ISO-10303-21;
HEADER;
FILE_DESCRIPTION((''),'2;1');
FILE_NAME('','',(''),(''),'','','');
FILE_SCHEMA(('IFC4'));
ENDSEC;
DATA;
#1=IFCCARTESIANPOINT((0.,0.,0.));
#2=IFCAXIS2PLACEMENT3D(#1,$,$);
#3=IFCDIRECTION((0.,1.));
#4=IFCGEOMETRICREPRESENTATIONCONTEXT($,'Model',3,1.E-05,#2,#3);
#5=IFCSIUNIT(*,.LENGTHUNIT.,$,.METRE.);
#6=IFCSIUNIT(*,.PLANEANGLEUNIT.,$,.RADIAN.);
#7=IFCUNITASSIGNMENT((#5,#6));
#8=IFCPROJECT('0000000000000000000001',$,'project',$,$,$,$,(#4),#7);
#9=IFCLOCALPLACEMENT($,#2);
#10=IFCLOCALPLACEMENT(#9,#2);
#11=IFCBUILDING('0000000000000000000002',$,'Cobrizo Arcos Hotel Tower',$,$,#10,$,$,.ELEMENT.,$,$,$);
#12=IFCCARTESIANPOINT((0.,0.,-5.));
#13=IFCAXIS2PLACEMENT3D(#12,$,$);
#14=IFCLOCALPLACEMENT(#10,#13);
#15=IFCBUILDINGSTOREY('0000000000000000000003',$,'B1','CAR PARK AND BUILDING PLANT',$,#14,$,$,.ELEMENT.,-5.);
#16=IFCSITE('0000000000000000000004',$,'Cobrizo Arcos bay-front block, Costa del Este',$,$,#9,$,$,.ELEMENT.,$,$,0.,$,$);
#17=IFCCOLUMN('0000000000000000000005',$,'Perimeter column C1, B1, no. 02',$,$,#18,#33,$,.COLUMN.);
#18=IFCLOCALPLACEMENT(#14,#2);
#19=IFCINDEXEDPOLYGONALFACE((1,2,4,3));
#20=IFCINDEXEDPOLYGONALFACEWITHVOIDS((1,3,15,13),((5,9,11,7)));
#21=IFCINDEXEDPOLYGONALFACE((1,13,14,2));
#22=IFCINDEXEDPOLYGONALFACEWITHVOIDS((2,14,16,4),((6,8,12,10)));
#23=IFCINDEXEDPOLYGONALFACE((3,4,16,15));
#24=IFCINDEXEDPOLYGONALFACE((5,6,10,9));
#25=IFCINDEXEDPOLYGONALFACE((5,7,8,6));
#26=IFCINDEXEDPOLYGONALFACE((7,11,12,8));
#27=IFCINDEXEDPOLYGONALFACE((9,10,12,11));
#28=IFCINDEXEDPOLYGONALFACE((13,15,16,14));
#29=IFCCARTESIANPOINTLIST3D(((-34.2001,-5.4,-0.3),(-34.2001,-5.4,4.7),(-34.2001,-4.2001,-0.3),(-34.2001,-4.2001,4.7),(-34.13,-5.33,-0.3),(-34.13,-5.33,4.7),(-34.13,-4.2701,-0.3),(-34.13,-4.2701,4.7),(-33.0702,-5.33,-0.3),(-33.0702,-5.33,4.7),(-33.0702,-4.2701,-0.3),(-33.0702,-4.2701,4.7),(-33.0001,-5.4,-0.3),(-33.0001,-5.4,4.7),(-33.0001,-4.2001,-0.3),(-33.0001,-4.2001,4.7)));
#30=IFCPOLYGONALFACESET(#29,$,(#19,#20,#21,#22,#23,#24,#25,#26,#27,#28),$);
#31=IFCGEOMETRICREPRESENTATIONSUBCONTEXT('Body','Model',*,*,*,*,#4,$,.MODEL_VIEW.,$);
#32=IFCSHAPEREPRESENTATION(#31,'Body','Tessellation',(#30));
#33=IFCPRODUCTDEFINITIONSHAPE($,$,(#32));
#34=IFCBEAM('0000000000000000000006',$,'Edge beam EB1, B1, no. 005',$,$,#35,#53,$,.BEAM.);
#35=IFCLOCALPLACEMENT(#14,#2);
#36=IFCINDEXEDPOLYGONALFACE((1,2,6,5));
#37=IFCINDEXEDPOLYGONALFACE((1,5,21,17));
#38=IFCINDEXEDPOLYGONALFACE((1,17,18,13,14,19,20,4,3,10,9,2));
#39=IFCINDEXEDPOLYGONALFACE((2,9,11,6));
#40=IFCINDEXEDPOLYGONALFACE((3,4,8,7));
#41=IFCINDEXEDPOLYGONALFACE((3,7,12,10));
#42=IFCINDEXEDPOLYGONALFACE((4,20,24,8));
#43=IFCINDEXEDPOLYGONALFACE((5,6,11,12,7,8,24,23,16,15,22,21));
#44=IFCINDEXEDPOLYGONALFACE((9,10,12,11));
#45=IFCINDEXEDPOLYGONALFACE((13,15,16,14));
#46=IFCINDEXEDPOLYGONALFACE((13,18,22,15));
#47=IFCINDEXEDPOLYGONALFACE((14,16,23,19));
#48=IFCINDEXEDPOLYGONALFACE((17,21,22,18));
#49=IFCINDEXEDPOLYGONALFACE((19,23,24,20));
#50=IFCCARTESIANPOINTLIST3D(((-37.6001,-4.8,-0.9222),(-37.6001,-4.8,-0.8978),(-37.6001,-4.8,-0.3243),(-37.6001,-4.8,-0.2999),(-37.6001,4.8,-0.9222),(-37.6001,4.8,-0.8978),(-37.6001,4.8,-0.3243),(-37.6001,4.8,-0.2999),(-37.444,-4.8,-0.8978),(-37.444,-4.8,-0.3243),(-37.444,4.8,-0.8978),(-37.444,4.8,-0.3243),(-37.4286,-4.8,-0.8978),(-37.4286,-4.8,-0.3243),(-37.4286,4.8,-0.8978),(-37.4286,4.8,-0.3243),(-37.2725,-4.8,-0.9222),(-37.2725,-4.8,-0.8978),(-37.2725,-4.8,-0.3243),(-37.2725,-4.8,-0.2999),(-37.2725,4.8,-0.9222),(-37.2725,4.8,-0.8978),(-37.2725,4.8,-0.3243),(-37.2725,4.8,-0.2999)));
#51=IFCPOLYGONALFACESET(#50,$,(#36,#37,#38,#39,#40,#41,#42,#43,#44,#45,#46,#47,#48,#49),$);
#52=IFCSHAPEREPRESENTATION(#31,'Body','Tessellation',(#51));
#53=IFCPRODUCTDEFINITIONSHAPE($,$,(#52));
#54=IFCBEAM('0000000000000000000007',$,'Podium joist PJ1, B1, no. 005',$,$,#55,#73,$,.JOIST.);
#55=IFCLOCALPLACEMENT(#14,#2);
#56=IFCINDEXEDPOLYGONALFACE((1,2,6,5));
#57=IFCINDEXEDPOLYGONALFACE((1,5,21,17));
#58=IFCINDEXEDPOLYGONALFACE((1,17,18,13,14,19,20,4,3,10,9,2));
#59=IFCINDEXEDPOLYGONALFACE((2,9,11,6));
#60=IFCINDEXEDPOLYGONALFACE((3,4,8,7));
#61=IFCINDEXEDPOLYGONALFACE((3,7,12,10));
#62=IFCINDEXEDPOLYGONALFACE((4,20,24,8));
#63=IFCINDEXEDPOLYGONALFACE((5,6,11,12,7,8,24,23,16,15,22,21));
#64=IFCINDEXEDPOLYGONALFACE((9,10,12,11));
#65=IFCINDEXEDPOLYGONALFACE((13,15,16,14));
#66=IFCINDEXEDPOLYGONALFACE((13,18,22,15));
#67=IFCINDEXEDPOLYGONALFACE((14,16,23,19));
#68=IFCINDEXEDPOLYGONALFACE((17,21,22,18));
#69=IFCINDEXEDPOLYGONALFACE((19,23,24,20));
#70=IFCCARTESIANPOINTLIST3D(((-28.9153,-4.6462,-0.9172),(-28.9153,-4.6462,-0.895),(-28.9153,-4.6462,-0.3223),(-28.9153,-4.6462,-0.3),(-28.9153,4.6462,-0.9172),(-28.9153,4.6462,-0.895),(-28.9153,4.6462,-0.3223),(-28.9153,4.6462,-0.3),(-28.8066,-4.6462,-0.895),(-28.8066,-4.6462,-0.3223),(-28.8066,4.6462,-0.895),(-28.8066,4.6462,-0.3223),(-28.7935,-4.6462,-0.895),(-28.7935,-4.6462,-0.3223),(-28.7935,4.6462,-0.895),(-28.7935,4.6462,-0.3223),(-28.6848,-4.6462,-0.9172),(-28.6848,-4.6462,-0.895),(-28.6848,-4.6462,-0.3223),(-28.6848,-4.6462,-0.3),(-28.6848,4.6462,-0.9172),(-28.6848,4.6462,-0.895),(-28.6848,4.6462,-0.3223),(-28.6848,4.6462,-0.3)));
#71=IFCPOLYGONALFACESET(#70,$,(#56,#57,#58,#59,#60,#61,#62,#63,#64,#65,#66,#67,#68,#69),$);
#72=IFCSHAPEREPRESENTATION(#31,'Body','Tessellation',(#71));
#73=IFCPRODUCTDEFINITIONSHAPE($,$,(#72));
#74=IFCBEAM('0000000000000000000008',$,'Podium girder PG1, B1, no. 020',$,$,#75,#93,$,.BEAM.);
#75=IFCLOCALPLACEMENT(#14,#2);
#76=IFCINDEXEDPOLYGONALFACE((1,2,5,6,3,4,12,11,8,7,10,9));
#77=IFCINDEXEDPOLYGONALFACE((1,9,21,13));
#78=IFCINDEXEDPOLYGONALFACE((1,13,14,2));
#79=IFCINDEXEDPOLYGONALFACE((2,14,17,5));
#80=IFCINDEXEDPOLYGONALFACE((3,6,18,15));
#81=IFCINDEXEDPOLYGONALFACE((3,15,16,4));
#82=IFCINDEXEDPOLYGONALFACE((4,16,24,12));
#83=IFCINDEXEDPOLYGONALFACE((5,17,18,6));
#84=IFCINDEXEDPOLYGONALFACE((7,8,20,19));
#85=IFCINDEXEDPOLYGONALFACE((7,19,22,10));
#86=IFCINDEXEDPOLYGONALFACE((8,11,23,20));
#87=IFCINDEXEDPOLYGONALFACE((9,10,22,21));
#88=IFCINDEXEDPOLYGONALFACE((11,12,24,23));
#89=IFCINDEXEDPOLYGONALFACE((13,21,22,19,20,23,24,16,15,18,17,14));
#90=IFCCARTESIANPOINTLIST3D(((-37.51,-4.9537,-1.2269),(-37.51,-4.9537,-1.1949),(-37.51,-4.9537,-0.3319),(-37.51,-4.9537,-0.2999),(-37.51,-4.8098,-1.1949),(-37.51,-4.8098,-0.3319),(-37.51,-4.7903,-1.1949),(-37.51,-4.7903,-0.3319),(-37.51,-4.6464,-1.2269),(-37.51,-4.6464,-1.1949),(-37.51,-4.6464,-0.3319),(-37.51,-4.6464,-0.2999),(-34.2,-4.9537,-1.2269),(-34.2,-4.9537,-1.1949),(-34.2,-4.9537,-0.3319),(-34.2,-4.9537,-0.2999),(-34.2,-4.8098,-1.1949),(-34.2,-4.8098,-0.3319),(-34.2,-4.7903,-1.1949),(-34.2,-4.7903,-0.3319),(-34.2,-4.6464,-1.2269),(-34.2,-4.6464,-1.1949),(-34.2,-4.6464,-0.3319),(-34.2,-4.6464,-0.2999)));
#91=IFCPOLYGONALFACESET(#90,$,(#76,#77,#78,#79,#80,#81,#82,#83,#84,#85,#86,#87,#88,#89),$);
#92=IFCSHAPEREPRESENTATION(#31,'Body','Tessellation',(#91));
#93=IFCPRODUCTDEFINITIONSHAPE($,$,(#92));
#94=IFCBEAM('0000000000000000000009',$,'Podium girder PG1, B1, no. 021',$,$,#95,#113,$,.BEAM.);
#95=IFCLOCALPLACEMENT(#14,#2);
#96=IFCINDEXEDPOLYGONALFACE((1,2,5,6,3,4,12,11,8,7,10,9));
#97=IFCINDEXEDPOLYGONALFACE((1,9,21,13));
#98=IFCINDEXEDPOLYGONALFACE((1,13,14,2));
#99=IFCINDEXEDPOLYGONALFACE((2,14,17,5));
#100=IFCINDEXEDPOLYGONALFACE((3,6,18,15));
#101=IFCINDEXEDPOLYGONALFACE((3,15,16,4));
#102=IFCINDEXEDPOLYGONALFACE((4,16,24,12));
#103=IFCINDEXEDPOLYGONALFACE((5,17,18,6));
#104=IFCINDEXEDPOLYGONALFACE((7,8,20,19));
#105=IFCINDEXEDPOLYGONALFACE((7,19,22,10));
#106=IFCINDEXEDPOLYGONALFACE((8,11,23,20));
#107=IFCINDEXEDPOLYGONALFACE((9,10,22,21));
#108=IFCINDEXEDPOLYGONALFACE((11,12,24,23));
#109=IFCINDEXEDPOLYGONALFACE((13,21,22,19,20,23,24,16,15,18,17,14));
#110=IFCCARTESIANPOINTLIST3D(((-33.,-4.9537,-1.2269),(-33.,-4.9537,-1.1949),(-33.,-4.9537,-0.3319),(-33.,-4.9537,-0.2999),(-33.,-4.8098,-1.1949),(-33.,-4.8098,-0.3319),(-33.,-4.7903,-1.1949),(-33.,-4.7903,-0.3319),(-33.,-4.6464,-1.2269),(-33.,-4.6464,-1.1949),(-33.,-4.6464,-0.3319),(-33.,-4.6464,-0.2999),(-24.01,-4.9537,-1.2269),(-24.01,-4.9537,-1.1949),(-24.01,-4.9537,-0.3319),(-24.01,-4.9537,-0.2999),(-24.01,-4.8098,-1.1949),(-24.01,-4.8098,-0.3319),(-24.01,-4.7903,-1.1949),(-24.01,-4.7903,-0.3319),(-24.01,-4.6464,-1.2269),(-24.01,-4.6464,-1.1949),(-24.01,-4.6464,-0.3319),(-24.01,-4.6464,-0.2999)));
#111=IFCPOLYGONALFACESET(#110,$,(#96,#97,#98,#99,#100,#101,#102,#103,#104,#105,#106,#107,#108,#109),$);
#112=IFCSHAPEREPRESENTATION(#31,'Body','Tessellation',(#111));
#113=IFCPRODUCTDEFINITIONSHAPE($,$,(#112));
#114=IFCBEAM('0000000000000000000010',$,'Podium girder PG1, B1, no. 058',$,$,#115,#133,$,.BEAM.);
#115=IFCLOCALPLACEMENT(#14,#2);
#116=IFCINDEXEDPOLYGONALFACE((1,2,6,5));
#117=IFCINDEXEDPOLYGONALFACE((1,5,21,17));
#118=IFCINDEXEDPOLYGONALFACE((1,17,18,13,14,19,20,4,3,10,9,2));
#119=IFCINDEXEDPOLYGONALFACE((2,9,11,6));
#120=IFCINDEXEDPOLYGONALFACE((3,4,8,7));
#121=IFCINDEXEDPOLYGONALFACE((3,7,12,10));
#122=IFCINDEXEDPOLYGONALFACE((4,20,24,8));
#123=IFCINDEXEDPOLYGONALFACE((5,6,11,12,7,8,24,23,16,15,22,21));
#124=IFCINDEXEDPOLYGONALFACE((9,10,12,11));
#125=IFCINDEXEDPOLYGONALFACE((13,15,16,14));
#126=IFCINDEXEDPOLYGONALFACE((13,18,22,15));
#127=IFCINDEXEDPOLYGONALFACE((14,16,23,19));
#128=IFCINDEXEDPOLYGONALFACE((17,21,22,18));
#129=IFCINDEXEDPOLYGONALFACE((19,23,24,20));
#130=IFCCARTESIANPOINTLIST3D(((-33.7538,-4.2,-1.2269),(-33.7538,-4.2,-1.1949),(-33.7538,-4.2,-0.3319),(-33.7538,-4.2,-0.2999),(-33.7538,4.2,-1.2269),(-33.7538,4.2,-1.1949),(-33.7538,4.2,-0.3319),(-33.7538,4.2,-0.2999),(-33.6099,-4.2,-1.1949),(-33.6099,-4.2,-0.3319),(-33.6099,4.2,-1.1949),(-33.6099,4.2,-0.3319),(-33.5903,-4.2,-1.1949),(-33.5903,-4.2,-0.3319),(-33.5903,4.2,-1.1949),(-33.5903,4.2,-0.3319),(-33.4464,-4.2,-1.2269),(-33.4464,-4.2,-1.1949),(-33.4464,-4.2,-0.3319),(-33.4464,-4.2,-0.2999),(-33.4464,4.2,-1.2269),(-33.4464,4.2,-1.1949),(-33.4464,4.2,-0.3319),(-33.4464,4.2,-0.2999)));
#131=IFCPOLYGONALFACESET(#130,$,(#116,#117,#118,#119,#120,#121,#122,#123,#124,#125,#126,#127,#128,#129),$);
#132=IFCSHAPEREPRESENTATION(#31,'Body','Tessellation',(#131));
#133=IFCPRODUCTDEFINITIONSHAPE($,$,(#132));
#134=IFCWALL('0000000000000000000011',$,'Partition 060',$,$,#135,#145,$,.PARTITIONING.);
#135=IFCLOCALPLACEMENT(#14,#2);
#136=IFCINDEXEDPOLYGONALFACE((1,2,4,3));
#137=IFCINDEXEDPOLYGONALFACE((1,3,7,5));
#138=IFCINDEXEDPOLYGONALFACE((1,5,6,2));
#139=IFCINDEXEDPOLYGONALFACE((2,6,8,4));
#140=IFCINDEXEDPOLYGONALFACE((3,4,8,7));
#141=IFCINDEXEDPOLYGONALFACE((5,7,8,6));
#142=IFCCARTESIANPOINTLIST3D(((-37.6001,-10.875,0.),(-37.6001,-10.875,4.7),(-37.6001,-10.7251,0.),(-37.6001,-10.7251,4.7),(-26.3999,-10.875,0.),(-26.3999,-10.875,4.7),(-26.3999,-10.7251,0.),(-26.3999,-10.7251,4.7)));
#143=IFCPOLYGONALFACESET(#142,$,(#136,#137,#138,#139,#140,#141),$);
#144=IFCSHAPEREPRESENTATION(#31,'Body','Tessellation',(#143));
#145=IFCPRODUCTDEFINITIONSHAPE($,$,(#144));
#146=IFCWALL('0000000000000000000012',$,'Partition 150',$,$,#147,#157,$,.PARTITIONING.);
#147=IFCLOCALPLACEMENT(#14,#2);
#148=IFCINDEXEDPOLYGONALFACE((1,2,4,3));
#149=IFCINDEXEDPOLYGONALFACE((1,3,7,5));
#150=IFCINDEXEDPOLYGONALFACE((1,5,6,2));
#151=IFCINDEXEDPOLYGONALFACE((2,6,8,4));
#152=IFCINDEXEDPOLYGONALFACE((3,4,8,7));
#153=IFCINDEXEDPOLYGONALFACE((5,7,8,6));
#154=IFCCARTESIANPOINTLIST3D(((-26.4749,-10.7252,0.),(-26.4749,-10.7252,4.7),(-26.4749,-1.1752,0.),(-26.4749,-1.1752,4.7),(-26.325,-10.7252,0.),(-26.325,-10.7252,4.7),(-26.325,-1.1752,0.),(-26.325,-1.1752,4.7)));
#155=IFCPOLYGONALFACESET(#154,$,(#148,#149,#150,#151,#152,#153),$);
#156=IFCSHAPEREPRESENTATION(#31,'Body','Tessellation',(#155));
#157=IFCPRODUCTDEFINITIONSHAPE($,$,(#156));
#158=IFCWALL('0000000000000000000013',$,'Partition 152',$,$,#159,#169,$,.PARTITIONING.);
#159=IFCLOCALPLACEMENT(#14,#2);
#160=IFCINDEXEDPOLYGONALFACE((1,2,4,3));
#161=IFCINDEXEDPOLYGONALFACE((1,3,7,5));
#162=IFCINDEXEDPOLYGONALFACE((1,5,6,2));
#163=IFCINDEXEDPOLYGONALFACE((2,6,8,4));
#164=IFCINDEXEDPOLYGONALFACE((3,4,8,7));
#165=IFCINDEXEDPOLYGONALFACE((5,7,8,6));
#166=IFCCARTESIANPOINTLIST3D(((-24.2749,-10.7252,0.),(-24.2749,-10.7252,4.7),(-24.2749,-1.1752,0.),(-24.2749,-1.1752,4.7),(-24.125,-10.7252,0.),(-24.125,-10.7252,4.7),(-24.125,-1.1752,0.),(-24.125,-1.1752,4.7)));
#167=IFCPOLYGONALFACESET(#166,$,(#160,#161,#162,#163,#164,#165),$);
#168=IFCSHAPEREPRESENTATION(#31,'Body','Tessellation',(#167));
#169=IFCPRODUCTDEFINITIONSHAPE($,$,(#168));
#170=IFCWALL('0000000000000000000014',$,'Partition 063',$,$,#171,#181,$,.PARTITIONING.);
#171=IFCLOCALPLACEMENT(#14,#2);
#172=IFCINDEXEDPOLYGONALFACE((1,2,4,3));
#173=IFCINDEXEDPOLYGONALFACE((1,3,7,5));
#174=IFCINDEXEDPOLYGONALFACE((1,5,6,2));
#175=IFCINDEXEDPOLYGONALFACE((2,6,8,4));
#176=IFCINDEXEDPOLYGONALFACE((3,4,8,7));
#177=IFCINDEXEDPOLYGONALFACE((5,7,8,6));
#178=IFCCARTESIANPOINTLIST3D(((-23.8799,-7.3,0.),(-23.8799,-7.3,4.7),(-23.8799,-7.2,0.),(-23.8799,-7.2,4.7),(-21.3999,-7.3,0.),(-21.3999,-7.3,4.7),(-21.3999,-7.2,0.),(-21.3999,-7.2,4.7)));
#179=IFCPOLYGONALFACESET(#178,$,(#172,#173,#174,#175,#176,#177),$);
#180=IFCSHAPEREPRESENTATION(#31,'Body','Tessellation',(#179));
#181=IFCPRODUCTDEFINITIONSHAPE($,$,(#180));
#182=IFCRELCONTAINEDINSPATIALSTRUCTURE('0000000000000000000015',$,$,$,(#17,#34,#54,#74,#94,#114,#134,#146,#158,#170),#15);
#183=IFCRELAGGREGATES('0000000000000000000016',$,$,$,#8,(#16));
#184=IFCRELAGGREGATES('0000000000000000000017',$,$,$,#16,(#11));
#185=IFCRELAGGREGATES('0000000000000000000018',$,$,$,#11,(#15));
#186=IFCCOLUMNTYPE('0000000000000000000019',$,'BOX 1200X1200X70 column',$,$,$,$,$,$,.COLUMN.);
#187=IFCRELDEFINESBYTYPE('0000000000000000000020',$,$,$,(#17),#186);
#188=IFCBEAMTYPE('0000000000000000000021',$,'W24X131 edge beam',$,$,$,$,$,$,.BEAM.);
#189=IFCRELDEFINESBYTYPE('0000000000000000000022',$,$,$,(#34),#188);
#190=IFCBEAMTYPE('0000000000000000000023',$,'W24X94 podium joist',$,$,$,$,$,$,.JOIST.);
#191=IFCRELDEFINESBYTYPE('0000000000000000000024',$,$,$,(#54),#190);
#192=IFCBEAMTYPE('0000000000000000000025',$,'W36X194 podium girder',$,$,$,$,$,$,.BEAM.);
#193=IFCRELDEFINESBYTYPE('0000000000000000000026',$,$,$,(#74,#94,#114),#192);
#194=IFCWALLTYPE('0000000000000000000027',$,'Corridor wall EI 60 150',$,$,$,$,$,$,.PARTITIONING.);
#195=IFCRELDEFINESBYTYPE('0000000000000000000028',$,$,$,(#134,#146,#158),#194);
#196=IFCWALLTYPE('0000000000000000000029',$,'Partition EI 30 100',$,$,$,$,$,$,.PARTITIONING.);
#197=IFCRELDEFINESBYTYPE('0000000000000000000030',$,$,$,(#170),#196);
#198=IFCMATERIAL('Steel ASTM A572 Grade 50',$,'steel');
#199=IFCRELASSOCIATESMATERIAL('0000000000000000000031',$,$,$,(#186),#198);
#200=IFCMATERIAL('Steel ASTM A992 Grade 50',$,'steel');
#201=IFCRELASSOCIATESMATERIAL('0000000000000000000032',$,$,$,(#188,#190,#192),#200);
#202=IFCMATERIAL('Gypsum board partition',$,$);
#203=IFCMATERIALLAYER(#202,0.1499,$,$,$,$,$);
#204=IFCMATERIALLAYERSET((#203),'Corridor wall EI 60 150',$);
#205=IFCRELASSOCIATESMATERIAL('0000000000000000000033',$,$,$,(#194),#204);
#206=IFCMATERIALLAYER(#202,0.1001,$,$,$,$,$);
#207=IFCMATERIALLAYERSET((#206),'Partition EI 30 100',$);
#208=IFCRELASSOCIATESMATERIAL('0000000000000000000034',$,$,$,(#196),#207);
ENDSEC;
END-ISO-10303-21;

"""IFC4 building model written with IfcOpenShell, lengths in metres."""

from ifc_helpers import new_model, si_unit, direction, frame, frame_2d, origin, origin_2d, place, context, subcontext, project, spatial, rectangle, hollow_rectangle, i_section, extrude, material, layer, layer_set, material_profile, profile_set, type_object, element, save


model = new_model("IFC4")

# Units and contexts
model_context = context("Model", 3, precision=1e-05, world=origin(), true_north=direction((0.0, 1.0)))
body_context = subcontext(model_context, "Body", "Model", "MODEL_VIEW")
ifc_project = project(units=[si_unit("LENGTHUNIT", "METRE"), si_unit("PLANEANGLEUNIT", "RADIAN")], contexts=[model_context])

# Site, building, storey
site_placement = place(None, origin())
site = spatial("IfcSite", under=ifc_project, at=site_placement, Name="Cobrizo Arcos bay-front block, Costa del Este", CompositionType="ELEMENT", RefElevation=0.0)
building_placement = place(site_placement, origin())
building = spatial("IfcBuilding", under=site, at=building_placement, Name="Cobrizo Arcos Hotel Tower", CompositionType="ELEMENT")
storey_placement = place(building_placement, frame((0.0, 0.0, -5.0)))
storey = spatial("IfcBuildingStorey", under=building, at=storey_placement, Name="B1", Description="CAR PARK AND BUILDING PLANT", CompositionType="ELEMENT", Elevation=-5.0)

# Column
ifc_material_1 = material(Name="Steel ASTM A572 Grade 50", Category="steel")
ifc_material_profile_1 = material_profile(ifc_material_1, hollow_rectangle(XDim=1.2, YDim=1.2, WallThickness=0.0701, at=origin_2d()), Name="BOX 1200X1200X70")
ifc_profile_set_1 = profile_set([ifc_material_profile_1], Name="Steel ASTM A572 Grade 50")
column_type = type_object("IfcColumnType", Name="BOX 1200X1200X70 column", PredefinedType="COLUMN", material=ifc_profile_set_1)
column_placement = place(storey_placement, frame((-33.6001, -4.8, -0.3), z_axis=(0.0, 0.0, 1.0), x_axis=(1.0, 0.0, 0.0)))
element("IfcColumn", 1, at=column_placement, inside=storey, type_object=column_type, Name="Perimeter column C1, B1, no. 02", PredefinedType="COLUMN", context=body_context, shape_type="SweptSolid", body=[
    extrude(hollow_rectangle(XDim=1.2, YDim=1.2, WallThickness=0.0701, at=origin_2d()), origin(), (0.0, 0.0, 1.0), 5.0),
])

# Beams
ifc_material_2 = material(Name="Steel ASTM A992 Grade 50", Category="steel")
ifc_material_profile_2 = material_profile(ifc_material_2, i_section(OverallWidth=0.3276, OverallDepth=0.6223, WebThickness=0.0154, FlangeThickness=0.0244, at=origin_2d()), Name="W24X131")
ifc_profile_set_2 = profile_set([ifc_material_profile_2], Name="Steel ASTM A992 Grade 50")
beam_type_1 = type_object("IfcBeamType", Name="W24X131 edge beam", PredefinedType="BEAM", material=ifc_profile_set_2)
beam_1_placement = place(storey_placement, frame((-37.4363, -4.8, -0.6111), z_axis=(0.0, 1.0, 0.0), x_axis=(-1.0, 0.0, 0.0)))
element("IfcBeam", 2, at=beam_1_placement, inside=storey, type_object=beam_type_1, Name="Edge beam EB1, B1, no. 005", PredefinedType="BEAM", context=body_context, shape_type="SweptSolid", body=[
    extrude(i_section(OverallWidth=0.3276, OverallDepth=0.6223, WebThickness=0.0154, FlangeThickness=0.0244, at=origin_2d()), origin(), (0.0, 0.0, 1.0), 9.6001),
])
ifc_material_profile_3 = material_profile(ifc_material_2, i_section(OverallWidth=0.2305, OverallDepth=0.6172, WebThickness=0.0132, FlangeThickness=0.0222, at=origin_2d()), Name="W24X94")
ifc_profile_set_3 = profile_set([ifc_material_profile_3], Name="Steel ASTM A992 Grade 50")
beam_type_2 = type_object("IfcBeamType", Name="W24X94 podium joist", PredefinedType="JOIST", material=ifc_profile_set_3)
beam_2_placement = place(storey_placement, frame((-28.8, -4.6462, -0.6086), z_axis=(0.0, 1.0, 0.0), x_axis=(-1.0, 0.0, 0.0)))
element("IfcBeam", 3, at=beam_2_placement, inside=storey, type_object=beam_type_2, Name="Podium joist PJ1, B1, no. 005", PredefinedType="JOIST", context=body_context, shape_type="SweptSolid", body=[
    extrude(i_section(OverallWidth=0.2305, OverallDepth=0.6172, WebThickness=0.0132, FlangeThickness=0.0222, at=origin_2d()), origin(), (0.0, 0.0, 1.0), 9.2925),
])
ifc_material_profile_4 = material_profile(ifc_material_2, i_section(OverallWidth=0.3074, OverallDepth=0.927, WebThickness=0.0195, FlangeThickness=0.032, at=origin_2d()), Name="W36X194")
ifc_profile_set_4 = profile_set([ifc_material_profile_4], Name="Steel ASTM A992 Grade 50")
beam_type_3 = type_object("IfcBeamType", Name="W36X194 podium girder", PredefinedType="BEAM", material=ifc_profile_set_4)
beam_3_placement = place(storey_placement, frame((-37.51, -4.8, -0.7634), z_axis=(1.0, 0.0, 0.0), x_axis=(0.0, 1.0, 0.0)))
element("IfcBeam", 4, at=beam_3_placement, inside=storey, type_object=beam_type_3, Name="Podium girder PG1, B1, no. 020", PredefinedType="BEAM", context=body_context, shape_type="SweptSolid", body=[
    extrude(i_section(OverallWidth=0.3074, OverallDepth=0.927, WebThickness=0.0195, FlangeThickness=0.032, at=origin_2d()), origin(), (0.0, 0.0, 1.0), 3.3101),
])
beam_4_placement = place(storey_placement, frame((-33.0, -4.8, -0.7634), z_axis=(1.0, 0.0, 0.0), x_axis=(0.0, 1.0, 0.0)))
element("IfcBeam", 5, at=beam_4_placement, inside=storey, type_object=beam_type_3, Name="Podium girder PG1, B1, no. 021", PredefinedType="BEAM", context=body_context, shape_type="SweptSolid", body=[
    extrude(i_section(OverallWidth=0.3074, OverallDepth=0.927, WebThickness=0.0195, FlangeThickness=0.032, at=origin_2d()), origin(), (0.0, 0.0, 1.0), 8.99),
])
beam_5_placement = place(storey_placement, frame((-33.6001, -4.2, -0.7634), z_axis=(0.0, 1.0, 0.0), x_axis=(-1.0, 0.0, 0.0)))
element("IfcBeam", 6, at=beam_5_placement, inside=storey, type_object=beam_type_3, Name="Podium girder PG1, B1, no. 058", PredefinedType="BEAM", context=body_context, shape_type="SweptSolid", body=[
    extrude(i_section(OverallWidth=0.3074, OverallDepth=0.927, WebThickness=0.0195, FlangeThickness=0.032, at=origin_2d()), origin(), (0.0, 0.0, 1.0), 8.3999),
])

# Walls
ifc_material_3 = material(Name="Gypsum board partition")
ifc_layer_1 = layer(ifc_material_3, 0.1499)
ifc_layer_set_1 = layer_set([ifc_layer_1], Name="Corridor wall EI 60 150")
wall_type_1 = type_object("IfcWallType", Name="Corridor wall EI 60 150", PredefinedType="PARTITIONING", material=ifc_layer_set_1)
wall_1_placement = place(storey_placement, frame((-37.6001, -10.8, 0.0), z_axis=(0.0, 0.0, 1.0), x_axis=(1.0, 0.0, 0.0)))
element("IfcWall", 7, at=wall_1_placement, inside=storey, type_object=wall_type_1, Name="Partition 060", PredefinedType="PARTITIONING", context=body_context, shape_type="SweptSolid", body=[
    extrude(rectangle(XDim=11.2002, YDim=0.1499, at=frame_2d((5.6001, 0.0))), origin(), (0.0, 0.0, 1.0), 4.7),
])
for number, where, z_axis, x_axis, name in (
    (8, (-26.3999, -10.7251, 0.0), (0.0, 0.0, 1.0), (0.0, 1.0, 0.0), "Partition 150"),
    (9, (-24.2, -10.7251, 0.0), (0.0, 0.0, 1.0), (0.0, 1.0, 0.0), "Partition 152"),
):
    element("IfcWall", number, at=place(storey_placement, frame(where, z_axis=z_axis, x_axis=x_axis)), inside=storey, type_object=wall_type_1, Name=name, PredefinedType="PARTITIONING", context=body_context, shape_type="SweptSolid", body=[
        extrude(rectangle(XDim=9.55, YDim=0.1499, at=frame_2d((4.7749, 0.0))), origin(), (0.0, 0.0, 1.0), 4.7),
    ])
ifc_layer_2 = layer(ifc_material_3, 0.1001)
ifc_layer_set_2 = layer_set([ifc_layer_2], Name="Partition EI 30 100")
wall_type_2 = type_object("IfcWallType", Name="Partition EI 30 100", PredefinedType="PARTITIONING", material=ifc_layer_set_2)
wall_2_placement = place(storey_placement, frame((-23.8799, -7.25, 0.0), z_axis=(0.0, 0.0, 1.0), x_axis=(1.0, 0.0, 0.0)))
element("IfcWall", 10, at=wall_2_placement, inside=storey, type_object=wall_type_2, Name="Partition 063", PredefinedType="PARTITIONING", context=body_context, shape_type="SweptSolid", body=[
    extrude(rectangle(XDim=2.48, YDim=0.1001, at=frame_2d((1.24, 0.0))), origin(), (0.0, 0.0, 1.0), 4.7),
])

save(model, "model.ifc")
